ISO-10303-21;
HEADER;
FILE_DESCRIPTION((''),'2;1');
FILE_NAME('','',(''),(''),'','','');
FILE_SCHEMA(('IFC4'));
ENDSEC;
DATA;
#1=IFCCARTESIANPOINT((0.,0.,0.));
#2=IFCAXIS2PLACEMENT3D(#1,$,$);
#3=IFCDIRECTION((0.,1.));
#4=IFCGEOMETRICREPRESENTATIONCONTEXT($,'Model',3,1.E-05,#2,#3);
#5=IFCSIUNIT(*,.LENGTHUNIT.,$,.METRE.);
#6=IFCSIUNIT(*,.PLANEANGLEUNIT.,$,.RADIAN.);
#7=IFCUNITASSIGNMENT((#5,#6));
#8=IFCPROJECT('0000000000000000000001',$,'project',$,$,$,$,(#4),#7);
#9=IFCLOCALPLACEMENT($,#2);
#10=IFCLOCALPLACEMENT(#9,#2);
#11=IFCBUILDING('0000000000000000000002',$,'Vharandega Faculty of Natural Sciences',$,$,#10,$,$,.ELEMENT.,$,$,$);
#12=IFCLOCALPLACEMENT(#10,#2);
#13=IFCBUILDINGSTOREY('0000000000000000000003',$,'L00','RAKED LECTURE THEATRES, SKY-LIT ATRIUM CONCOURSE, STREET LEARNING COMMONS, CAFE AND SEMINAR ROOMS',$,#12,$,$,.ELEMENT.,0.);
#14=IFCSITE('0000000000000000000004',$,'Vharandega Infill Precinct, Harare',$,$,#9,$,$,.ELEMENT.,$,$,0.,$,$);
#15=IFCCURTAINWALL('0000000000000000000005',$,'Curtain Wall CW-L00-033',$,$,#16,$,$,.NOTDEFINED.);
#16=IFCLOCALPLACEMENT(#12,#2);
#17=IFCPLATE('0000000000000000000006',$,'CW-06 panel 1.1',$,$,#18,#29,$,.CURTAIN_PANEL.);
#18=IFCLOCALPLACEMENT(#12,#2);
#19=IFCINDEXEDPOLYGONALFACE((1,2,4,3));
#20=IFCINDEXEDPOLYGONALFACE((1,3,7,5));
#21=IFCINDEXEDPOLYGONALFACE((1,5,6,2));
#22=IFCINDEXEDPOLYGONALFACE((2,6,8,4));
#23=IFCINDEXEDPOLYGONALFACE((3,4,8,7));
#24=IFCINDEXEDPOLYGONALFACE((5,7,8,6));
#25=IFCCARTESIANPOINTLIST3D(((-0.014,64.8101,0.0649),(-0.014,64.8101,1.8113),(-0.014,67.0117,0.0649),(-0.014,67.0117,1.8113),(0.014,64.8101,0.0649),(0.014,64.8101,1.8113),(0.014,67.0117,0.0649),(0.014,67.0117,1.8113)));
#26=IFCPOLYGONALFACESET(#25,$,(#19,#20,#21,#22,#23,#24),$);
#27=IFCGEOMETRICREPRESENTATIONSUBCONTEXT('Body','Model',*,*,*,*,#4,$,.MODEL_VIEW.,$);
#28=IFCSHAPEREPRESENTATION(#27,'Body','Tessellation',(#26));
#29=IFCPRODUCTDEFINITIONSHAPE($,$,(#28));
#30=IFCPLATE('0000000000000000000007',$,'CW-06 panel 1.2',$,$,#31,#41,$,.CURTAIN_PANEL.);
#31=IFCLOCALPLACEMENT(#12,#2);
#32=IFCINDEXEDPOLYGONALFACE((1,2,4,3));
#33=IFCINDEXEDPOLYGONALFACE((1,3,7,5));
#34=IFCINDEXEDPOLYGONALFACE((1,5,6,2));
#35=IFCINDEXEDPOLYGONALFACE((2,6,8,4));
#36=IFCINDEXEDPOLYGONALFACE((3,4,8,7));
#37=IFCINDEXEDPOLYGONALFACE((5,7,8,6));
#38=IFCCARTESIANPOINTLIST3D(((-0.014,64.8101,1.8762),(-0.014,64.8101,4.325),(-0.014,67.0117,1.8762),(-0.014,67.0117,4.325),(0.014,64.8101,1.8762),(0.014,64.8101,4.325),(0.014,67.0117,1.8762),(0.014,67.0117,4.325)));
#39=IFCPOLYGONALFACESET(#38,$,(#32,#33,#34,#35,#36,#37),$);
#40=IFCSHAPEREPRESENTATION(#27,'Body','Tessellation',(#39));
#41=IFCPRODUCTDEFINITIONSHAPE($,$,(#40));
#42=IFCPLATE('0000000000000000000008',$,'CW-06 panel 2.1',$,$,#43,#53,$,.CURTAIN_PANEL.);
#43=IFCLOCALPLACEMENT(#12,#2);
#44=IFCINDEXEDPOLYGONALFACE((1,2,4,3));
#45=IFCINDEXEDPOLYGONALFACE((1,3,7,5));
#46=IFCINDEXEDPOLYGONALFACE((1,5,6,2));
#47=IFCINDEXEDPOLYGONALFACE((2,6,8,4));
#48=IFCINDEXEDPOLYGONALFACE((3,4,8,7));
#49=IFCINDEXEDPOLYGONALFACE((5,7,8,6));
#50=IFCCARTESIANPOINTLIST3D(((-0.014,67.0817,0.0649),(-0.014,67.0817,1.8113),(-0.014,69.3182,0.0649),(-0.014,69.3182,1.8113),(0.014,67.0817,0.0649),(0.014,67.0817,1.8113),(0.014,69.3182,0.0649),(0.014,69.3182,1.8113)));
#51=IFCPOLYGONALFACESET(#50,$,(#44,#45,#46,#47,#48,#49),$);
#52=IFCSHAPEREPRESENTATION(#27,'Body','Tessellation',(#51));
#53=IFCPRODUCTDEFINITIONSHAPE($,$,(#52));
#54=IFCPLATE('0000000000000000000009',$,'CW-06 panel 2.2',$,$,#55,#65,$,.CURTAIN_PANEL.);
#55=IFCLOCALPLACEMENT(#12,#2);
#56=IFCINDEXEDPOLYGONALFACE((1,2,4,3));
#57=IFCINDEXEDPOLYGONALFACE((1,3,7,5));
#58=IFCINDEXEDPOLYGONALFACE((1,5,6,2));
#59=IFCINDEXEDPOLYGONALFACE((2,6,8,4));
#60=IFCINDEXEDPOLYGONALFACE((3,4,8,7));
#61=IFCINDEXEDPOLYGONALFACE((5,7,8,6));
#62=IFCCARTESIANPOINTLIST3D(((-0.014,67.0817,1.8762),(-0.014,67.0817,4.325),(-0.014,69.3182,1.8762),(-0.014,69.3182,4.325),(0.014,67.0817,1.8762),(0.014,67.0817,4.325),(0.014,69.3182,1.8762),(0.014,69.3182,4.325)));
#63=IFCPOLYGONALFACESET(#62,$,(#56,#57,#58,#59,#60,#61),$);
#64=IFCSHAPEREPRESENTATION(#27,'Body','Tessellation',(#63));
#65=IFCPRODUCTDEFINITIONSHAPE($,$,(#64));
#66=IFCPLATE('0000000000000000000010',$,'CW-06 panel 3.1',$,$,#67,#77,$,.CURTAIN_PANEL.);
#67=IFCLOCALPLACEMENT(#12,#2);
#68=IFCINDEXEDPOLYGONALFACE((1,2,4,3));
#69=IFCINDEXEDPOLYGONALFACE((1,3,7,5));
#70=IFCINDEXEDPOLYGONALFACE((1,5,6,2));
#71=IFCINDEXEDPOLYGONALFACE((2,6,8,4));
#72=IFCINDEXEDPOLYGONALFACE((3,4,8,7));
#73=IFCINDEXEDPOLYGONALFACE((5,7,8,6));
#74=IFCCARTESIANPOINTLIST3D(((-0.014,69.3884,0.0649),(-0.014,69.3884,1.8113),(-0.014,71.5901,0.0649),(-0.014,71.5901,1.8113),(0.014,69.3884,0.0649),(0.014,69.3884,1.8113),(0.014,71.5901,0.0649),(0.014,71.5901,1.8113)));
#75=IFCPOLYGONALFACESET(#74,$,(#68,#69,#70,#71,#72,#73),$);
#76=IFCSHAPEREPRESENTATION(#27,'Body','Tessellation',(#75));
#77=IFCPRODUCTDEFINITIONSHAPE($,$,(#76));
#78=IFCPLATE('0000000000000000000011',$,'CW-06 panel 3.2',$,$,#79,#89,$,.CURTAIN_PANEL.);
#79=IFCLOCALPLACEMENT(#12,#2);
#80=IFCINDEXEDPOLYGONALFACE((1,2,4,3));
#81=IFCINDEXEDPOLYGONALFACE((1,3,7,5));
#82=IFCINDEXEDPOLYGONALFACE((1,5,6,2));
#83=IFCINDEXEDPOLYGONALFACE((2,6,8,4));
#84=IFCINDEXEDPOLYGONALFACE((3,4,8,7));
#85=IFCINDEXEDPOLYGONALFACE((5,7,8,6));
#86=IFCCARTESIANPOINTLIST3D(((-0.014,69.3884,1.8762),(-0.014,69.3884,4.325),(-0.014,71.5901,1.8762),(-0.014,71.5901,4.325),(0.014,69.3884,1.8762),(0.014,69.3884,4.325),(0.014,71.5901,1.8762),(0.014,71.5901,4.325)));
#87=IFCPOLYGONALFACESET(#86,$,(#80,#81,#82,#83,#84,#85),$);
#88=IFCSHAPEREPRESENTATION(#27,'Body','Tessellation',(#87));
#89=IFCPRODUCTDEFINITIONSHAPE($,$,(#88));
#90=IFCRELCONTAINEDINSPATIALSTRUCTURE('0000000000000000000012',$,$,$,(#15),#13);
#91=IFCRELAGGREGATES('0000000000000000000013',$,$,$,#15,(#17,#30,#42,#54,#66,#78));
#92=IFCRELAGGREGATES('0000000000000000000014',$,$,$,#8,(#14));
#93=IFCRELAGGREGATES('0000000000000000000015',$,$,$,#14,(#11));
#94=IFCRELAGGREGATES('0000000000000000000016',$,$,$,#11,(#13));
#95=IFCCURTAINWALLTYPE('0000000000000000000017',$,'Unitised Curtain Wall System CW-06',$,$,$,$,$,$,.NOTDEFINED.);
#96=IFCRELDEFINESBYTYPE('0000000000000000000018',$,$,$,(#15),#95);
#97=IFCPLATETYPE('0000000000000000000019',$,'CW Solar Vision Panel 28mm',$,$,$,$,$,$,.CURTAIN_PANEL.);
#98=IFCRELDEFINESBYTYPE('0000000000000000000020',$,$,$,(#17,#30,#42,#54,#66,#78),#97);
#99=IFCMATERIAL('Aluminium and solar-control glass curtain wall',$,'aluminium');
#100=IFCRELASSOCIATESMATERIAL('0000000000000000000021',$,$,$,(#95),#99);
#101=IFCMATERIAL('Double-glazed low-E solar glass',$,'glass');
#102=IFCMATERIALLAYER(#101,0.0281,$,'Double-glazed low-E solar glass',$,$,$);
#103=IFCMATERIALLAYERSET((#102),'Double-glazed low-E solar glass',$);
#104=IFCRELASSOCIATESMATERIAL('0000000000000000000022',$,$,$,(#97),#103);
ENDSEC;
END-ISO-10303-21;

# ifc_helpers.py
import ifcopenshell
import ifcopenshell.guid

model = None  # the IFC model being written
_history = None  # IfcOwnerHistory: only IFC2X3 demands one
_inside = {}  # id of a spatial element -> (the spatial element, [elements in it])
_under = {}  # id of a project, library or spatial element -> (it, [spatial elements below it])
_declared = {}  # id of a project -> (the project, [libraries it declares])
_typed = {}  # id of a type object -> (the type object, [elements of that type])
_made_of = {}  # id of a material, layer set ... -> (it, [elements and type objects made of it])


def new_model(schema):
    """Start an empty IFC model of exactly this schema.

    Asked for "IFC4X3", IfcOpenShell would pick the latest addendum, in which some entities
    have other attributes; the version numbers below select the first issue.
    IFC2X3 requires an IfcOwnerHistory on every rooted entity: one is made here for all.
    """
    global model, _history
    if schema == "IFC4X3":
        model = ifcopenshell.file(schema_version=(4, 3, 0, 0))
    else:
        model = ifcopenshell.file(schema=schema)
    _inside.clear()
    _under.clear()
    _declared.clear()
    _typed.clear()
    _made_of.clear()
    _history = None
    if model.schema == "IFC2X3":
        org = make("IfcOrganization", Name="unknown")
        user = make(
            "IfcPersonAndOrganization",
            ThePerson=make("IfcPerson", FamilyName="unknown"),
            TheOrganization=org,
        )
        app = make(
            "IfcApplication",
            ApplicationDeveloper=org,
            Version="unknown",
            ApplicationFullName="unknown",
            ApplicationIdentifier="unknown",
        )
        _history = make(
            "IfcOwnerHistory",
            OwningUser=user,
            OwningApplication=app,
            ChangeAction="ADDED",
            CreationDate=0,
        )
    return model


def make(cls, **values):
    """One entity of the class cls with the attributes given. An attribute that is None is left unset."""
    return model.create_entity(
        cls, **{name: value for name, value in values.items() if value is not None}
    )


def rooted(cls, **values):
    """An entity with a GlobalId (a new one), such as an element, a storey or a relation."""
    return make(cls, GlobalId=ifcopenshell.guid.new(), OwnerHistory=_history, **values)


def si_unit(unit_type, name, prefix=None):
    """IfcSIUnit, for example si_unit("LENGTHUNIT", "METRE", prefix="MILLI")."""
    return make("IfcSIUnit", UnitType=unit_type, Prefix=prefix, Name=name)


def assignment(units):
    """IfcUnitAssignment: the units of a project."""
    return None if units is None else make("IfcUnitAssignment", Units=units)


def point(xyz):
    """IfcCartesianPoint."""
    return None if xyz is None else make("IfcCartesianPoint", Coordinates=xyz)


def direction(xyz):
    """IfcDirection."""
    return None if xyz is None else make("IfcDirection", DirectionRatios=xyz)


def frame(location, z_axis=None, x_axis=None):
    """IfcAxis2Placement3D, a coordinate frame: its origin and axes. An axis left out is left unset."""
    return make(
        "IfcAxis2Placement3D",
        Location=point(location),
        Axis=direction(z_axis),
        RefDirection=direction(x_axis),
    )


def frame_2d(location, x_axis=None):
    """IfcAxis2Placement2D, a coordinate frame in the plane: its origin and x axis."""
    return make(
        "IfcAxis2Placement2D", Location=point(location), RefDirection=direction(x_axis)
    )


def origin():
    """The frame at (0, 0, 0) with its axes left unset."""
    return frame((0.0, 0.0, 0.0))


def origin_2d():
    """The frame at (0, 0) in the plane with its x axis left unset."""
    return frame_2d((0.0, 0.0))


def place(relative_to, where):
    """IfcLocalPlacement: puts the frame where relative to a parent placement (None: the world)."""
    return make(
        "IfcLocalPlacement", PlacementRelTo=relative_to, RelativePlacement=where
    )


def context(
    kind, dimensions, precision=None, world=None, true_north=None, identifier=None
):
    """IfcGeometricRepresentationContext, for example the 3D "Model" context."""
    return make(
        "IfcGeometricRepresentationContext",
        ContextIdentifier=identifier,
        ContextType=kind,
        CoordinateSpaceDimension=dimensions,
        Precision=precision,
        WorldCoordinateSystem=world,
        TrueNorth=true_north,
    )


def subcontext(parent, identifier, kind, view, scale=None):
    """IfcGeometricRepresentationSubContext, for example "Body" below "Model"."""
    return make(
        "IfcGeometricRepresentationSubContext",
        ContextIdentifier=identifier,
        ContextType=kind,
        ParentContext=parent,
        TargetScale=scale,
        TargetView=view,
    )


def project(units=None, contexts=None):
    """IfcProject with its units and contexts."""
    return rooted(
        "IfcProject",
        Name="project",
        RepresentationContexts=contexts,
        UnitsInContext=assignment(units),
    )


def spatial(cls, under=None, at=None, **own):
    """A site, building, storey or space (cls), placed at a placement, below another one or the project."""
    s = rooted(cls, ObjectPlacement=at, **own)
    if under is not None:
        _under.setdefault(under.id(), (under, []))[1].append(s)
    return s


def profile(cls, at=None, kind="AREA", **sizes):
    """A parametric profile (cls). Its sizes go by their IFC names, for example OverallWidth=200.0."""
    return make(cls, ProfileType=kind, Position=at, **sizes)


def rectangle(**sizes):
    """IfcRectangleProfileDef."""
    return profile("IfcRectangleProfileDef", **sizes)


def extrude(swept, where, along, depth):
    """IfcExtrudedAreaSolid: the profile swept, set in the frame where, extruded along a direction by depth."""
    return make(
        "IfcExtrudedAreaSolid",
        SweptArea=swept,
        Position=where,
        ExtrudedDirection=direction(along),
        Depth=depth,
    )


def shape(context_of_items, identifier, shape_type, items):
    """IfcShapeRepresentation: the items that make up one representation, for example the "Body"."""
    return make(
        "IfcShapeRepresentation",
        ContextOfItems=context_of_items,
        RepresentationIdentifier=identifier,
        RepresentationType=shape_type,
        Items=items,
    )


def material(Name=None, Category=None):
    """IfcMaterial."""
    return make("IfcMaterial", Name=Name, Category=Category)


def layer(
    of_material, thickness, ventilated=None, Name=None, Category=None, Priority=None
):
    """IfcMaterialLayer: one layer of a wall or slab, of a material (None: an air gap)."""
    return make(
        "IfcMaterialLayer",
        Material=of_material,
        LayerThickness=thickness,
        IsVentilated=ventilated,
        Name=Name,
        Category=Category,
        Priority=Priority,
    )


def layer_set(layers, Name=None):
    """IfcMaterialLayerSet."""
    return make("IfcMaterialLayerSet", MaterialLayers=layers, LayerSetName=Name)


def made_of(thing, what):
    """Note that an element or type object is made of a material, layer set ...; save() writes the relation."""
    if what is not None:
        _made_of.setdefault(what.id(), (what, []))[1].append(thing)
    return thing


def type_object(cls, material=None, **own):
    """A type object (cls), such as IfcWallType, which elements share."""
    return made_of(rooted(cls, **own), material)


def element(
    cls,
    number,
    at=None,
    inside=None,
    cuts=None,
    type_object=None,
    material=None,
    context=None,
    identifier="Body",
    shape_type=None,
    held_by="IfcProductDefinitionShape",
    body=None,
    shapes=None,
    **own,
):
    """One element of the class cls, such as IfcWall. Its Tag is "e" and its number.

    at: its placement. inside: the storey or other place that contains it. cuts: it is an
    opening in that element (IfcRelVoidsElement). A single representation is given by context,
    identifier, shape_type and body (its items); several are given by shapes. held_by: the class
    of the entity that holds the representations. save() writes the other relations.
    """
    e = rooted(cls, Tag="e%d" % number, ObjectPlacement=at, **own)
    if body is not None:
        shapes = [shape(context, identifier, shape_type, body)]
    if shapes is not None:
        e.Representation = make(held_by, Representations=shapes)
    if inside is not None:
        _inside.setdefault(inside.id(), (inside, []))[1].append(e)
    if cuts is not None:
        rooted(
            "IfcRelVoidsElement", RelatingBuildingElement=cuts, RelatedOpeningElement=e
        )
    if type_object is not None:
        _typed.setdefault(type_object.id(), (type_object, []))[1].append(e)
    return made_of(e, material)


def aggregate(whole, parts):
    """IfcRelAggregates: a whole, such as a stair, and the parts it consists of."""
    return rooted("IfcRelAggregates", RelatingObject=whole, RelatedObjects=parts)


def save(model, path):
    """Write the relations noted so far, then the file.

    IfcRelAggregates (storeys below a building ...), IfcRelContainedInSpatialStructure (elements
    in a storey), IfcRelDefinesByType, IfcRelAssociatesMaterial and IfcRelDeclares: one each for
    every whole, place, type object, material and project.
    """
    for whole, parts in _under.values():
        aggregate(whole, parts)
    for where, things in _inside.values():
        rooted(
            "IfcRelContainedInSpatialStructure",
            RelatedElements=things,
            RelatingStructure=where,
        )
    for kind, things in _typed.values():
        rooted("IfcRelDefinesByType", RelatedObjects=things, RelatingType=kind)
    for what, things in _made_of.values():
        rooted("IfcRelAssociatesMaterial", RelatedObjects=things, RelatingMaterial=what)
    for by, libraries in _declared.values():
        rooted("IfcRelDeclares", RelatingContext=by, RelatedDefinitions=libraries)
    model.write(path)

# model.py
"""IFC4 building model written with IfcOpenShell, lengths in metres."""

from ifc_helpers import new_model, si_unit, direction, frame, origin, origin_2d, place, context, subcontext, project, spatial, rectangle, extrude, material, layer, layer_set, type_object, element, aggregate, save


model = new_model("IFC4")

# Units and contexts
model_context = context("Model", 3, precision=1e-05, world=origin(), true_north=direction((0.0, 1.0)))
body_context = subcontext(model_context, "Body", "Model", "MODEL_VIEW")
ifc_project = project(units=[si_unit("LENGTHUNIT", "METRE"), si_unit("PLANEANGLEUNIT", "RADIAN")], contexts=[model_context])

# Site, building, storey
site_placement = place(None, origin())
site = spatial("IfcSite", under=ifc_project, at=site_placement, Name="Vharandega Infill Precinct, Harare", CompositionType="ELEMENT", RefElevation=0.0)
building_placement = place(site_placement, origin())
building = spatial("IfcBuilding", under=site, at=building_placement, Name="Vharandega Faculty of Natural Sciences", CompositionType="ELEMENT")
storey_placement = place(building_placement, origin())
storey = spatial("IfcBuildingStorey", under=building, at=storey_placement, Name="L00", Description="RAKED LECTURE THEATRES, SKY-LIT ATRIUM CONCOURSE, STREET LEARNING COMMONS, CAFE AND SEMINAR ROOMS", CompositionType="ELEMENT", Elevation=0.0)

# Curtain wall
ifc_material_1 = material(Name="Aluminium and solar-control glass curtain wall", Category="aluminium")
curtain_wall_type = type_object("IfcCurtainWallType", Name="Unitised Curtain Wall System CW-06", PredefinedType="NOTDEFINED", material=ifc_material_1)
curtain_wall_placement = place(storey_placement, origin())
curtain_wall = element("IfcCurtainWall", 1, at=curtain_wall_placement, inside=storey, type_object=curtain_wall_type, Name="Curtain Wall CW-L00-033", PredefinedType="NOTDEFINED")

# Plates
ifc_material_2 = material(Name="Double-glazed low-E solar glass", Category="glass")
ifc_layer = layer(ifc_material_2, 0.0281, Name="Double-glazed low-E solar glass")
ifc_layer_set = layer_set([ifc_layer], Name="Double-glazed low-E solar glass")
plate_type = type_object("IfcPlateType", Name="CW Solar Vision Panel 28mm", PredefinedType="CURTAIN_PANEL", material=ifc_layer_set)
plate_1_placement = place(storey_placement, frame((0.0, 65.9109, 0.0649), z_axis=(0.0, 0.0, 1.0), x_axis=(0.0, 1.0, 0.0)))
plate_1 = element("IfcPlate", 2, at=plate_1_placement, type_object=plate_type, Name="CW-06 panel 1.1", PredefinedType="CURTAIN_PANEL", context=body_context, shape_type="SweptSolid", body=[
    extrude(rectangle(XDim=2.2017, YDim=0.0281, at=origin_2d()), origin(), (0.0, 0.0, 1.0), 1.7463),
])
plate_2_placement = place(storey_placement, frame((0.0, 65.9109, 1.8762), z_axis=(0.0, 0.0, 1.0), x_axis=(0.0, 1.0, 0.0)))
plate_2 = element("IfcPlate", 3, at=plate_2_placement, type_object=plate_type, Name="CW-06 panel 1.2", PredefinedType="CURTAIN_PANEL", context=body_context, shape_type="SweptSolid", body=[
    extrude(rectangle(XDim=2.2017, YDim=0.0281, at=origin_2d()), origin(), (0.0, 0.0, 1.0), 2.4487),
])
plate_3_placement = place(storey_placement, frame((0.0, 68.2, 0.0649), z_axis=(0.0, 0.0, 1.0), x_axis=(0.0, 1.0, 0.0)))
plate_3 = element("IfcPlate", 4, at=plate_3_placement, type_object=plate_type, Name="CW-06 panel 2.1", PredefinedType="CURTAIN_PANEL", context=body_context, shape_type="SweptSolid", body=[
    extrude(rectangle(XDim=2.2366, YDim=0.0281, at=origin_2d()), origin(), (0.0, 0.0, 1.0), 1.7463),
])
plate_4_placement = place(storey_placement, frame((0.0, 68.2, 1.8762), z_axis=(0.0, 0.0, 1.0), x_axis=(0.0, 1.0, 0.0)))
plate_4 = element("IfcPlate", 5, at=plate_4_placement, type_object=plate_type, Name="CW-06 panel 2.2", PredefinedType="CURTAIN_PANEL", context=body_context, shape_type="SweptSolid", body=[
    extrude(rectangle(XDim=2.2366, YDim=0.0281, at=origin_2d()), origin(), (0.0, 0.0, 1.0), 2.4487),
])
plate_5_placement = place(storey_placement, frame((0.0, 70.4893, 0.0649), z_axis=(0.0, 0.0, 1.0), x_axis=(0.0, 1.0, 0.0)))
plate_5 = element("IfcPlate", 6, at=plate_5_placement, type_object=plate_type, Name="CW-06 panel 3.1", PredefinedType="CURTAIN_PANEL", context=body_context, shape_type="SweptSolid", body=[
    extrude(rectangle(XDim=2.2017, YDim=0.0281, at=origin_2d()), origin(), (0.0, 0.0, 1.0), 1.7463),
])
plate_6_placement = place(storey_placement, frame((0.0, 70.4893, 1.8762), z_axis=(0.0, 0.0, 1.0), x_axis=(0.0, 1.0, 0.0)))
plate_6 = element("IfcPlate", 7, at=plate_6_placement, type_object=plate_type, Name="CW-06 panel 3.2", PredefinedType="CURTAIN_PANEL", context=body_context, shape_type="SweptSolid", body=[
    extrude(rectangle(XDim=2.2017, YDim=0.0281, at=origin_2d()), origin(), (0.0, 0.0, 1.0), 2.4487),
])
aggregate(curtain_wall, [plate_1, plate_2, plate_3, plate_4, plate_5, plate_6])

save(model, "model.ifc")
